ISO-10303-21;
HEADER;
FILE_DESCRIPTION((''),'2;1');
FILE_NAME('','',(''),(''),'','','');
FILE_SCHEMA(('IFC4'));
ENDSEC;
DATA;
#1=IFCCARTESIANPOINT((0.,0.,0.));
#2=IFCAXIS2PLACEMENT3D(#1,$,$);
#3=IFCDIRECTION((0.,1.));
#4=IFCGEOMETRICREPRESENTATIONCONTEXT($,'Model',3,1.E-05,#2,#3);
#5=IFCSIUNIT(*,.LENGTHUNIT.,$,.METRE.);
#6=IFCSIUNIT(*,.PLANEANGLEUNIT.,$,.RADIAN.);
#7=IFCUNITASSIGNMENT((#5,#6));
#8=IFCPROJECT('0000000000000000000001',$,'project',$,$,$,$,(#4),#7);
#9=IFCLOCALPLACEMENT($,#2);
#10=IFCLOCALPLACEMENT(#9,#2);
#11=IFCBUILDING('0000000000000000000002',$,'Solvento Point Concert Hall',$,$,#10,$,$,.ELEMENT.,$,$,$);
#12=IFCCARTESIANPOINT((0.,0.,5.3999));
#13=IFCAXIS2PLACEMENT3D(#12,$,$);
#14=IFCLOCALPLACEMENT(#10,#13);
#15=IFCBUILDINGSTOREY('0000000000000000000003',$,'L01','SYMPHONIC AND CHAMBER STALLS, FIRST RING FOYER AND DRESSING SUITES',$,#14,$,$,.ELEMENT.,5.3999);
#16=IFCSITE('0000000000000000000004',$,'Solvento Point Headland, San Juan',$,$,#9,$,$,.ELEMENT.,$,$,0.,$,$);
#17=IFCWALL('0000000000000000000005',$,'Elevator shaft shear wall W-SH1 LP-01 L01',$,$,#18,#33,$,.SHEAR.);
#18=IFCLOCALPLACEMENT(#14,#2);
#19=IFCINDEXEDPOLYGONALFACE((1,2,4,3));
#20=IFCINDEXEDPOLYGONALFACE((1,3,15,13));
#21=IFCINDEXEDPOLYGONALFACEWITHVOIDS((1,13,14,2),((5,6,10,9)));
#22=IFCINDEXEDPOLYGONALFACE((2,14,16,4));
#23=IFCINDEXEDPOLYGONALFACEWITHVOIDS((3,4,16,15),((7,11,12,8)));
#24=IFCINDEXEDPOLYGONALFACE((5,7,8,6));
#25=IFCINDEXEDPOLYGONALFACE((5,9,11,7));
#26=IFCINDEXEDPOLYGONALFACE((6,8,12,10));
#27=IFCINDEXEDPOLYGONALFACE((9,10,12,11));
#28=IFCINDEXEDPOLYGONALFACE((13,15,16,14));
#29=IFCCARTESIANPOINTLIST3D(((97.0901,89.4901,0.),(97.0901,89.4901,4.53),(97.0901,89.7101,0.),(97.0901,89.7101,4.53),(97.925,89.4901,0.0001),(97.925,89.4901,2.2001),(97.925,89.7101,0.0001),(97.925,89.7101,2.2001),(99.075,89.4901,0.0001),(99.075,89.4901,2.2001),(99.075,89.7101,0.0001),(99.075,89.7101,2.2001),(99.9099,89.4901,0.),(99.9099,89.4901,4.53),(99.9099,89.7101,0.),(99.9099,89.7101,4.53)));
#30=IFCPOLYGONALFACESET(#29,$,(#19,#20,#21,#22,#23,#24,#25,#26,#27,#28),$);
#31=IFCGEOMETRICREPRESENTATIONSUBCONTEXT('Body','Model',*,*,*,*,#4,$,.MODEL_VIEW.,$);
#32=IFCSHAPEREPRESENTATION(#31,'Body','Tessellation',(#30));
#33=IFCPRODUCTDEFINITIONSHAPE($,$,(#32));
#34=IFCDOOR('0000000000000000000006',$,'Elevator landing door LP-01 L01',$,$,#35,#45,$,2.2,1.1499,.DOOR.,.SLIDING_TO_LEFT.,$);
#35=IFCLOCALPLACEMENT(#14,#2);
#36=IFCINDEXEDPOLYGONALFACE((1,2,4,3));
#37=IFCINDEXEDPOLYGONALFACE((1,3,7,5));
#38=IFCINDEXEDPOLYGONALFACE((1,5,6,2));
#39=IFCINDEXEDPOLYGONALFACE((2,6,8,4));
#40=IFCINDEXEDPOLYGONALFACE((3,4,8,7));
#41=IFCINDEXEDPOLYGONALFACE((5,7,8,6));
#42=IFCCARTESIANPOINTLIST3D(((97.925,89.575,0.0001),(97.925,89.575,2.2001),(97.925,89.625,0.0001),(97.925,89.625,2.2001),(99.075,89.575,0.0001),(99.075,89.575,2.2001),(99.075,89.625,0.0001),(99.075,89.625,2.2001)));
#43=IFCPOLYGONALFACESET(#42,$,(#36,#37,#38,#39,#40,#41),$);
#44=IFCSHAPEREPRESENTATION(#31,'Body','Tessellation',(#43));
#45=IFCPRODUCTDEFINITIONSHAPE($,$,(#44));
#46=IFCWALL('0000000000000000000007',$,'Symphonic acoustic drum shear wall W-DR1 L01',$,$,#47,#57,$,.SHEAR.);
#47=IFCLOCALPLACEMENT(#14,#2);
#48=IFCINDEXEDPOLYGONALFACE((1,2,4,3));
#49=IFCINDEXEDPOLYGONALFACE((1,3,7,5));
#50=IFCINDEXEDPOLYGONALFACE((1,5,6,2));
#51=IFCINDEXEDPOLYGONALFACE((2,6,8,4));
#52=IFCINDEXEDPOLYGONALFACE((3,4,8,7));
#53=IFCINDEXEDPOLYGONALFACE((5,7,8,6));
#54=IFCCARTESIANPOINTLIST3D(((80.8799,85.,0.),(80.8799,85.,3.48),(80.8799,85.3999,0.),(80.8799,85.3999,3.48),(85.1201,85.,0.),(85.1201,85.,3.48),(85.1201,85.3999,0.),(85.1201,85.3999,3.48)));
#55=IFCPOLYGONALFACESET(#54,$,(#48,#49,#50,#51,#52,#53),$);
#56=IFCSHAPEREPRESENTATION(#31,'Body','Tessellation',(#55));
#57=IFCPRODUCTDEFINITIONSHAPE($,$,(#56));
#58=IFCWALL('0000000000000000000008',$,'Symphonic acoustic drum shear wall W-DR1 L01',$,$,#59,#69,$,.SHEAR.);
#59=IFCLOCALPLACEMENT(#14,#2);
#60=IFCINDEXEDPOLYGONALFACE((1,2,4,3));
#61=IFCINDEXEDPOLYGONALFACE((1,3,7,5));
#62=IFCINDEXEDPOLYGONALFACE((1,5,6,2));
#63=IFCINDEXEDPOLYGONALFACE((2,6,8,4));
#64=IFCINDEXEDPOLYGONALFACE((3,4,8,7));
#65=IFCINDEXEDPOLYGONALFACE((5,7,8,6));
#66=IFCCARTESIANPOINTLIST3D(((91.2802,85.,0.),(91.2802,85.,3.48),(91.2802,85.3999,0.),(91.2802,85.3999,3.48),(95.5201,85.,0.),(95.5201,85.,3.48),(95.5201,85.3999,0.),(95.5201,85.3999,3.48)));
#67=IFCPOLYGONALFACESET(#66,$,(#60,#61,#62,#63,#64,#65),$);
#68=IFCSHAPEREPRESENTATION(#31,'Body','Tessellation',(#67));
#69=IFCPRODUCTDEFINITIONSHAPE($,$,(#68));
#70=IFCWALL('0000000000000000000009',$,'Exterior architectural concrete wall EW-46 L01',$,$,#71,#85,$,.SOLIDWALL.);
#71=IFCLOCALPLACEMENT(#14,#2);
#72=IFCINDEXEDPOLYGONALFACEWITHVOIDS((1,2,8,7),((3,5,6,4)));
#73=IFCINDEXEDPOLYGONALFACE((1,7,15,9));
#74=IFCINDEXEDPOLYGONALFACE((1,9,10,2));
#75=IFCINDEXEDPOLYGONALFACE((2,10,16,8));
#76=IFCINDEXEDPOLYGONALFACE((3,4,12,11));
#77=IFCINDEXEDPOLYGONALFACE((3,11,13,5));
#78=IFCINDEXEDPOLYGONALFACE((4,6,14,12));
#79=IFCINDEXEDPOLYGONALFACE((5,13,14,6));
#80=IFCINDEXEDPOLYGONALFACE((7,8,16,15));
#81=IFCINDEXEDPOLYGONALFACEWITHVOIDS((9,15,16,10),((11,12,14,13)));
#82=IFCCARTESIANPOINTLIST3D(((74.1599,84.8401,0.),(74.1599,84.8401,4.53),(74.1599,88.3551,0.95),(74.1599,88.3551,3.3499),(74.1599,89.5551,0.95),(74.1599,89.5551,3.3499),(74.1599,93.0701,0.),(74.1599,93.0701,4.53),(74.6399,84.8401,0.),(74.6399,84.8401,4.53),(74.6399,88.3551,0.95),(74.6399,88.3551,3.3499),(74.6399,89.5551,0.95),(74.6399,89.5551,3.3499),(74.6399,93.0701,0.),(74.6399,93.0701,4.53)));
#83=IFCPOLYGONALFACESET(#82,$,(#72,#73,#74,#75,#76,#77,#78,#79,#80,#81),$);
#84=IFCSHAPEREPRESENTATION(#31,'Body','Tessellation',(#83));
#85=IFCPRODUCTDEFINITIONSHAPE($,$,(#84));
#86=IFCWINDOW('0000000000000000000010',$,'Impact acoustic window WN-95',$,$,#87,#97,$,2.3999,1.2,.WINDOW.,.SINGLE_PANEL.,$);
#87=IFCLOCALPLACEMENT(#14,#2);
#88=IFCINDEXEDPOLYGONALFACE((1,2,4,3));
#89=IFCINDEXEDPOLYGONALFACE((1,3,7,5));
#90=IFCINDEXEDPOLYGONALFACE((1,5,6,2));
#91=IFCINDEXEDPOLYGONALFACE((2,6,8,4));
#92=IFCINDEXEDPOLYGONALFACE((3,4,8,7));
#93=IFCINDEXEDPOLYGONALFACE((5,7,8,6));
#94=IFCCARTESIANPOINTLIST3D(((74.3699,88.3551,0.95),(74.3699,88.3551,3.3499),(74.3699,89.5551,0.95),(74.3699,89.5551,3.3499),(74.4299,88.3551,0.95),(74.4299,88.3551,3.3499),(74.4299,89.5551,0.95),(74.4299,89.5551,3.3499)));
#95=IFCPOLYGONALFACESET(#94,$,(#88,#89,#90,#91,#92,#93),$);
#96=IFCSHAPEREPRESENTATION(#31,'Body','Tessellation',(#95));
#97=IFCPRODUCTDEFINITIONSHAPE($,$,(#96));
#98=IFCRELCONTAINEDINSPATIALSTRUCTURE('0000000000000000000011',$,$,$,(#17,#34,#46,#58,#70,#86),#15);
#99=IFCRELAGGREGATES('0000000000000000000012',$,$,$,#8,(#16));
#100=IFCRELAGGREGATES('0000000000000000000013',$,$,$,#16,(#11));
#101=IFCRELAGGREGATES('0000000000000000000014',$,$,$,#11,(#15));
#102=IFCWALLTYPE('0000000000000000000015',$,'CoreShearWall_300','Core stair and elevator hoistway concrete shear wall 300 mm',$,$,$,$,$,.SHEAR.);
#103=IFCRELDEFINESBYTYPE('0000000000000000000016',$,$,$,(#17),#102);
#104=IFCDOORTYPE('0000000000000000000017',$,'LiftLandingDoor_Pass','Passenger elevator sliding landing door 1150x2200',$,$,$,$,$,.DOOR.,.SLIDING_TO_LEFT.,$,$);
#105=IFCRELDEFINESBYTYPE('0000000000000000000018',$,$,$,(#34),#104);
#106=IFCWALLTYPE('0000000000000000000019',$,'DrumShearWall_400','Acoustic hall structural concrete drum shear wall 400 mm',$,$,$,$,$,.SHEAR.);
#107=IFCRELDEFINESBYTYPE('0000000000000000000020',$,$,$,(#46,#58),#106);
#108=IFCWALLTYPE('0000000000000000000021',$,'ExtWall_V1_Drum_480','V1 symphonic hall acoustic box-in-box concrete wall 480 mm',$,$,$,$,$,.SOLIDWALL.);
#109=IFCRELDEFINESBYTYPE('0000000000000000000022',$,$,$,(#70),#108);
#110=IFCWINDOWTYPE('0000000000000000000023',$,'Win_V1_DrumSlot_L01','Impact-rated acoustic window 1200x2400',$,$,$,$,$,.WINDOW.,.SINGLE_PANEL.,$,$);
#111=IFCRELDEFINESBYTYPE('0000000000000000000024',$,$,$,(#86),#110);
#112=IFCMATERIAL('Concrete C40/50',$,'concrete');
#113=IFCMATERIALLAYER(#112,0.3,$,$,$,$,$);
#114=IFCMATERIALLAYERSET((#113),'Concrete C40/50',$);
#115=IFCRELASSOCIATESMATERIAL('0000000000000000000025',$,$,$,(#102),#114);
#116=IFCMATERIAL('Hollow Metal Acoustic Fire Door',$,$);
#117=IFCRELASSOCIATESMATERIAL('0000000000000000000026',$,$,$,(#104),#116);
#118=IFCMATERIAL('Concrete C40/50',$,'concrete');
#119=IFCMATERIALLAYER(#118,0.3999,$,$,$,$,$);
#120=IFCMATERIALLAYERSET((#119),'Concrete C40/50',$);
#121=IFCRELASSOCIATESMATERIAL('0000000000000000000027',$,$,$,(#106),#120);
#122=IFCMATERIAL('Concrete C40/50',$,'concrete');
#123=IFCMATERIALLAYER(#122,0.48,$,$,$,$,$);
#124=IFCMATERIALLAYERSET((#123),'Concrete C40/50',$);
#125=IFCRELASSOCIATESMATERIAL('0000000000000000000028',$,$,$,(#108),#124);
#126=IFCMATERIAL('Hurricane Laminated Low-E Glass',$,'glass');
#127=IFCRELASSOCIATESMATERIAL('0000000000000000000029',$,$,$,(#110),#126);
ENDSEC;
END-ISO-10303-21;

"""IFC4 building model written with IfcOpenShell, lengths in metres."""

from ifc_helpers import new_model, si_unit, direction, frame, frame_2d, origin, place, context, subcontext, project, spatial, rectangle, extrude, material, layer, layer_set, type_object, element, fill, save


model = new_model("IFC4")

# Units and contexts
model_context = context("Model", 3, precision=1e-05, world=origin(), true_north=direction((0.0, 1.0)))
body_context = subcontext(model_context, "Body", "Model", "MODEL_VIEW")
ifc_project = project(units=[si_unit("LENGTHUNIT", "METRE"), si_unit("PLANEANGLEUNIT", "RADIAN")], contexts=[model_context])

# Site, building, storey
site_placement = place(None, origin())
site = spatial("IfcSite", under=ifc_project, at=site_placement, Name="Solvento Point Headland, San Juan", CompositionType="ELEMENT", RefElevation=0.0)
building_placement = place(site_placement, origin())
building = spatial("IfcBuilding", under=site, at=building_placement, Name="Solvento Point Concert Hall", CompositionType="ELEMENT")
storey_placement = place(building_placement, frame((0.0, 0.0, 5.3999)))
storey = spatial("IfcBuildingStorey", under=building, at=storey_placement, Name="L01", Description="SYMPHONIC AND CHAMBER STALLS, FIRST RING FOYER AND DRESSING SUITES", CompositionType="ELEMENT", Elevation=5.3999)

# Shared definitions
ifc_material_1 = material(Name="Concrete C40/50", Category="concrete")
ifc_layer_1 = layer(ifc_material_1, 0.3)
ifc_layer_set_1 = layer_set([ifc_layer_1], Name="Concrete C40/50")
wall_type_1 = type_object("IfcWallType", Name="CoreShearWall_300", Description="Core stair and elevator hoistway concrete shear wall 300 mm", PredefinedType="SHEAR", material=ifc_layer_set_1)

# Wall, opening, door
wall_1_placement = place(storey_placement, frame((97.0901, 89.6001, 0.0), z_axis=(0.0, 0.0, 1.0), x_axis=(1.0, 0.0, 0.0)))
wall_1 = element("IfcWall", 1, at=wall_1_placement, inside=storey, type_object=wall_type_1, Name="Elevator shaft shear wall W-SH1 LP-01 L01", PredefinedType="SHEAR", context=body_context, shape_type="SweptSolid", body=[
    extrude(rectangle(XDim=2.8198, YDim=0.22, at=frame_2d((1.4099, 0.0))), origin(), (0.0, 0.0, 1.0), 4.53),
])
opening_1_placement = place(wall_1_placement, frame((0.835, 0.0, 0.0)))
opening_1 = element("IfcOpeningElement", 2, at=opening_1_placement, cuts=wall_1, PredefinedType="OPENING", context=body_context, shape_type="SweptSolid", body=[
    extrude(rectangle(XDim=1.1499, YDim=2.2, at=frame_2d((0.575, 1.1001))), frame((0.0, 0.1199, 0.0), z_axis=(0.0, -1.0, 0.0), x_axis=(1.0, 0.0, 0.0)), (0.0, 0.0, 1.0), 0.24),
])
ifc_material_2 = material(Name="Hollow Metal Acoustic Fire Door")
door_type_1 = type_object("IfcDoorType", Name="LiftLandingDoor_Pass", Description="Passenger elevator sliding landing door 1150x2200", OperationType="SLIDING_TO_LEFT", PredefinedType="DOOR", material=ifc_material_2)
door_1_placement = place(opening_1_placement, origin())
door_1 = element("IfcDoor", 3, at=door_1_placement, inside=storey, type_object=door_type_1, Name="Elevator landing door LP-01 L01", OperationType="SLIDING_TO_LEFT", OverallHeight=2.2, OverallWidth=1.1499, PredefinedType="DOOR", context=body_context, shape_type="SweptSolid", body=[
    extrude(rectangle(XDim=1.1499, YDim=2.2, at=frame_2d((0.575, 1.1001))), frame((0.0, 0.0249, 0.0), z_axis=(0.0, -1.0, 0.0), x_axis=(1.0, 0.0, 0.0)), (0.0, 0.0, 1.0), 0.05),
])
fill(opening_1, door_1)

# Walls
ifc_material_3 = material(Name="Concrete C40/50", Category="concrete")
ifc_layer_2 = layer(ifc_material_3, 0.3999)
ifc_layer_set_2 = layer_set([ifc_layer_2], Name="Concrete C40/50")
wall_type_2 = type_object("IfcWallType", Name="DrumShearWall_400", Description="Acoustic hall structural concrete drum shear wall 400 mm", PredefinedType="SHEAR", material=ifc_layer_set_2)
wall_2_placement = place(storey_placement, frame((80.8799, 85.2, 0.0), z_axis=(0.0, 0.0, 1.0), x_axis=(1.0, 0.0, 0.0)))
element("IfcWall", 4, at=wall_2_placement, inside=storey, type_object=wall_type_2, Name="Symphonic acoustic drum shear wall W-DR1 L01", PredefinedType="SHEAR", context=body_context, shape_type="SweptSolid", body=[
    extrude(rectangle(XDim=4.2402, YDim=0.3999, at=frame_2d((2.1201, 0.0))), origin(), (0.0, 0.0, 1.0), 3.48),
])
wall_3_placement = place(storey_placement, frame((91.28, 85.2, 0.0), z_axis=(0.0, 0.0, 1.0), x_axis=(1.0, 0.0, 0.0)))
element("IfcWall", 5, at=wall_3_placement, inside=storey, type_object=wall_type_2, Name="Symphonic acoustic drum shear wall W-DR1 L01", PredefinedType="SHEAR", context=body_context, shape_type="SweptSolid", body=[
    extrude(rectangle(XDim=4.24, YDim=0.3999, at=frame_2d((2.1201, 0.0))), origin(), (0.0, 0.0, 1.0), 3.48),
])

# Wall, opening, window
ifc_material_4 = material(Name="Concrete C40/50", Category="concrete")
ifc_layer_3 = layer(ifc_material_4, 0.48)
ifc_layer_set_3 = layer_set([ifc_layer_3], Name="Concrete C40/50")
wall_type_3 = type_object("IfcWallType", Name="ExtWall_V1_Drum_480", Description="V1 symphonic hall acoustic box-in-box concrete wall 480 mm", PredefinedType="SOLIDWALL", material=ifc_layer_set_3)
wall_4_placement = place(storey_placement, frame((74.3999, 84.8401, 0.0), z_axis=(0.0, 0.0, 1.0), x_axis=(0.0, 1.0, 0.0)))
wall_4 = element("IfcWall", 6, at=wall_4_placement, inside=storey, type_object=wall_type_3, Name="Exterior architectural concrete wall EW-46 L01", PredefinedType="SOLIDWALL", context=body_context, shape_type="SweptSolid", body=[
    extrude(rectangle(XDim=8.23, YDim=0.48, at=frame_2d((4.115, 0.0))), origin(), (0.0, 0.0, 1.0), 4.53),
])
opening_2_placement = place(wall_4_placement, frame((3.5149, 0.0, 0.95)))
opening_2 = element("IfcOpeningElement", 7, at=opening_2_placement, cuts=wall_4, PredefinedType="OPENING", context=body_context, shape_type="SweptSolid", body=[
    extrude(rectangle(XDim=1.2, YDim=2.3999, at=frame_2d((0.6001, 1.2))), frame((0.0, 0.25, 0.0), z_axis=(0.0, -1.0, 0.0), x_axis=(1.0, 0.0, 0.0)), (0.0, 0.0, 1.0), 0.5),
])
ifc_material_5 = material(Name="Hurricane Laminated Low-E Glass", Category="glass")
window_type = type_object("IfcWindowType", Name="Win_V1_DrumSlot_L01", Description="Impact-rated acoustic window 1200x2400", PartitioningType="SINGLE_PANEL", PredefinedType="WINDOW", material=ifc_material_5)
window_placement = place(opening_2_placement, origin())
window = element("IfcWindow", 8, at=window_placement, inside=storey, type_object=window_type, Name="Impact acoustic window WN-95", OverallHeight=2.3999, OverallWidth=1.2, PartitioningType="SINGLE_PANEL", PredefinedType="WINDOW", context=body_context, shape_type="SweptSolid", body=[
    extrude(rectangle(XDim=1.2, YDim=2.3999, at=frame_2d((0.6001, 1.2))), frame((0.0, 0.03, 0.0), z_axis=(0.0, -1.0, 0.0), x_axis=(1.0, 0.0, 0.0)), (0.0, 0.0, 1.0), 0.0601),
])
fill(opening_2, window)

save(model, "model.ifc")
